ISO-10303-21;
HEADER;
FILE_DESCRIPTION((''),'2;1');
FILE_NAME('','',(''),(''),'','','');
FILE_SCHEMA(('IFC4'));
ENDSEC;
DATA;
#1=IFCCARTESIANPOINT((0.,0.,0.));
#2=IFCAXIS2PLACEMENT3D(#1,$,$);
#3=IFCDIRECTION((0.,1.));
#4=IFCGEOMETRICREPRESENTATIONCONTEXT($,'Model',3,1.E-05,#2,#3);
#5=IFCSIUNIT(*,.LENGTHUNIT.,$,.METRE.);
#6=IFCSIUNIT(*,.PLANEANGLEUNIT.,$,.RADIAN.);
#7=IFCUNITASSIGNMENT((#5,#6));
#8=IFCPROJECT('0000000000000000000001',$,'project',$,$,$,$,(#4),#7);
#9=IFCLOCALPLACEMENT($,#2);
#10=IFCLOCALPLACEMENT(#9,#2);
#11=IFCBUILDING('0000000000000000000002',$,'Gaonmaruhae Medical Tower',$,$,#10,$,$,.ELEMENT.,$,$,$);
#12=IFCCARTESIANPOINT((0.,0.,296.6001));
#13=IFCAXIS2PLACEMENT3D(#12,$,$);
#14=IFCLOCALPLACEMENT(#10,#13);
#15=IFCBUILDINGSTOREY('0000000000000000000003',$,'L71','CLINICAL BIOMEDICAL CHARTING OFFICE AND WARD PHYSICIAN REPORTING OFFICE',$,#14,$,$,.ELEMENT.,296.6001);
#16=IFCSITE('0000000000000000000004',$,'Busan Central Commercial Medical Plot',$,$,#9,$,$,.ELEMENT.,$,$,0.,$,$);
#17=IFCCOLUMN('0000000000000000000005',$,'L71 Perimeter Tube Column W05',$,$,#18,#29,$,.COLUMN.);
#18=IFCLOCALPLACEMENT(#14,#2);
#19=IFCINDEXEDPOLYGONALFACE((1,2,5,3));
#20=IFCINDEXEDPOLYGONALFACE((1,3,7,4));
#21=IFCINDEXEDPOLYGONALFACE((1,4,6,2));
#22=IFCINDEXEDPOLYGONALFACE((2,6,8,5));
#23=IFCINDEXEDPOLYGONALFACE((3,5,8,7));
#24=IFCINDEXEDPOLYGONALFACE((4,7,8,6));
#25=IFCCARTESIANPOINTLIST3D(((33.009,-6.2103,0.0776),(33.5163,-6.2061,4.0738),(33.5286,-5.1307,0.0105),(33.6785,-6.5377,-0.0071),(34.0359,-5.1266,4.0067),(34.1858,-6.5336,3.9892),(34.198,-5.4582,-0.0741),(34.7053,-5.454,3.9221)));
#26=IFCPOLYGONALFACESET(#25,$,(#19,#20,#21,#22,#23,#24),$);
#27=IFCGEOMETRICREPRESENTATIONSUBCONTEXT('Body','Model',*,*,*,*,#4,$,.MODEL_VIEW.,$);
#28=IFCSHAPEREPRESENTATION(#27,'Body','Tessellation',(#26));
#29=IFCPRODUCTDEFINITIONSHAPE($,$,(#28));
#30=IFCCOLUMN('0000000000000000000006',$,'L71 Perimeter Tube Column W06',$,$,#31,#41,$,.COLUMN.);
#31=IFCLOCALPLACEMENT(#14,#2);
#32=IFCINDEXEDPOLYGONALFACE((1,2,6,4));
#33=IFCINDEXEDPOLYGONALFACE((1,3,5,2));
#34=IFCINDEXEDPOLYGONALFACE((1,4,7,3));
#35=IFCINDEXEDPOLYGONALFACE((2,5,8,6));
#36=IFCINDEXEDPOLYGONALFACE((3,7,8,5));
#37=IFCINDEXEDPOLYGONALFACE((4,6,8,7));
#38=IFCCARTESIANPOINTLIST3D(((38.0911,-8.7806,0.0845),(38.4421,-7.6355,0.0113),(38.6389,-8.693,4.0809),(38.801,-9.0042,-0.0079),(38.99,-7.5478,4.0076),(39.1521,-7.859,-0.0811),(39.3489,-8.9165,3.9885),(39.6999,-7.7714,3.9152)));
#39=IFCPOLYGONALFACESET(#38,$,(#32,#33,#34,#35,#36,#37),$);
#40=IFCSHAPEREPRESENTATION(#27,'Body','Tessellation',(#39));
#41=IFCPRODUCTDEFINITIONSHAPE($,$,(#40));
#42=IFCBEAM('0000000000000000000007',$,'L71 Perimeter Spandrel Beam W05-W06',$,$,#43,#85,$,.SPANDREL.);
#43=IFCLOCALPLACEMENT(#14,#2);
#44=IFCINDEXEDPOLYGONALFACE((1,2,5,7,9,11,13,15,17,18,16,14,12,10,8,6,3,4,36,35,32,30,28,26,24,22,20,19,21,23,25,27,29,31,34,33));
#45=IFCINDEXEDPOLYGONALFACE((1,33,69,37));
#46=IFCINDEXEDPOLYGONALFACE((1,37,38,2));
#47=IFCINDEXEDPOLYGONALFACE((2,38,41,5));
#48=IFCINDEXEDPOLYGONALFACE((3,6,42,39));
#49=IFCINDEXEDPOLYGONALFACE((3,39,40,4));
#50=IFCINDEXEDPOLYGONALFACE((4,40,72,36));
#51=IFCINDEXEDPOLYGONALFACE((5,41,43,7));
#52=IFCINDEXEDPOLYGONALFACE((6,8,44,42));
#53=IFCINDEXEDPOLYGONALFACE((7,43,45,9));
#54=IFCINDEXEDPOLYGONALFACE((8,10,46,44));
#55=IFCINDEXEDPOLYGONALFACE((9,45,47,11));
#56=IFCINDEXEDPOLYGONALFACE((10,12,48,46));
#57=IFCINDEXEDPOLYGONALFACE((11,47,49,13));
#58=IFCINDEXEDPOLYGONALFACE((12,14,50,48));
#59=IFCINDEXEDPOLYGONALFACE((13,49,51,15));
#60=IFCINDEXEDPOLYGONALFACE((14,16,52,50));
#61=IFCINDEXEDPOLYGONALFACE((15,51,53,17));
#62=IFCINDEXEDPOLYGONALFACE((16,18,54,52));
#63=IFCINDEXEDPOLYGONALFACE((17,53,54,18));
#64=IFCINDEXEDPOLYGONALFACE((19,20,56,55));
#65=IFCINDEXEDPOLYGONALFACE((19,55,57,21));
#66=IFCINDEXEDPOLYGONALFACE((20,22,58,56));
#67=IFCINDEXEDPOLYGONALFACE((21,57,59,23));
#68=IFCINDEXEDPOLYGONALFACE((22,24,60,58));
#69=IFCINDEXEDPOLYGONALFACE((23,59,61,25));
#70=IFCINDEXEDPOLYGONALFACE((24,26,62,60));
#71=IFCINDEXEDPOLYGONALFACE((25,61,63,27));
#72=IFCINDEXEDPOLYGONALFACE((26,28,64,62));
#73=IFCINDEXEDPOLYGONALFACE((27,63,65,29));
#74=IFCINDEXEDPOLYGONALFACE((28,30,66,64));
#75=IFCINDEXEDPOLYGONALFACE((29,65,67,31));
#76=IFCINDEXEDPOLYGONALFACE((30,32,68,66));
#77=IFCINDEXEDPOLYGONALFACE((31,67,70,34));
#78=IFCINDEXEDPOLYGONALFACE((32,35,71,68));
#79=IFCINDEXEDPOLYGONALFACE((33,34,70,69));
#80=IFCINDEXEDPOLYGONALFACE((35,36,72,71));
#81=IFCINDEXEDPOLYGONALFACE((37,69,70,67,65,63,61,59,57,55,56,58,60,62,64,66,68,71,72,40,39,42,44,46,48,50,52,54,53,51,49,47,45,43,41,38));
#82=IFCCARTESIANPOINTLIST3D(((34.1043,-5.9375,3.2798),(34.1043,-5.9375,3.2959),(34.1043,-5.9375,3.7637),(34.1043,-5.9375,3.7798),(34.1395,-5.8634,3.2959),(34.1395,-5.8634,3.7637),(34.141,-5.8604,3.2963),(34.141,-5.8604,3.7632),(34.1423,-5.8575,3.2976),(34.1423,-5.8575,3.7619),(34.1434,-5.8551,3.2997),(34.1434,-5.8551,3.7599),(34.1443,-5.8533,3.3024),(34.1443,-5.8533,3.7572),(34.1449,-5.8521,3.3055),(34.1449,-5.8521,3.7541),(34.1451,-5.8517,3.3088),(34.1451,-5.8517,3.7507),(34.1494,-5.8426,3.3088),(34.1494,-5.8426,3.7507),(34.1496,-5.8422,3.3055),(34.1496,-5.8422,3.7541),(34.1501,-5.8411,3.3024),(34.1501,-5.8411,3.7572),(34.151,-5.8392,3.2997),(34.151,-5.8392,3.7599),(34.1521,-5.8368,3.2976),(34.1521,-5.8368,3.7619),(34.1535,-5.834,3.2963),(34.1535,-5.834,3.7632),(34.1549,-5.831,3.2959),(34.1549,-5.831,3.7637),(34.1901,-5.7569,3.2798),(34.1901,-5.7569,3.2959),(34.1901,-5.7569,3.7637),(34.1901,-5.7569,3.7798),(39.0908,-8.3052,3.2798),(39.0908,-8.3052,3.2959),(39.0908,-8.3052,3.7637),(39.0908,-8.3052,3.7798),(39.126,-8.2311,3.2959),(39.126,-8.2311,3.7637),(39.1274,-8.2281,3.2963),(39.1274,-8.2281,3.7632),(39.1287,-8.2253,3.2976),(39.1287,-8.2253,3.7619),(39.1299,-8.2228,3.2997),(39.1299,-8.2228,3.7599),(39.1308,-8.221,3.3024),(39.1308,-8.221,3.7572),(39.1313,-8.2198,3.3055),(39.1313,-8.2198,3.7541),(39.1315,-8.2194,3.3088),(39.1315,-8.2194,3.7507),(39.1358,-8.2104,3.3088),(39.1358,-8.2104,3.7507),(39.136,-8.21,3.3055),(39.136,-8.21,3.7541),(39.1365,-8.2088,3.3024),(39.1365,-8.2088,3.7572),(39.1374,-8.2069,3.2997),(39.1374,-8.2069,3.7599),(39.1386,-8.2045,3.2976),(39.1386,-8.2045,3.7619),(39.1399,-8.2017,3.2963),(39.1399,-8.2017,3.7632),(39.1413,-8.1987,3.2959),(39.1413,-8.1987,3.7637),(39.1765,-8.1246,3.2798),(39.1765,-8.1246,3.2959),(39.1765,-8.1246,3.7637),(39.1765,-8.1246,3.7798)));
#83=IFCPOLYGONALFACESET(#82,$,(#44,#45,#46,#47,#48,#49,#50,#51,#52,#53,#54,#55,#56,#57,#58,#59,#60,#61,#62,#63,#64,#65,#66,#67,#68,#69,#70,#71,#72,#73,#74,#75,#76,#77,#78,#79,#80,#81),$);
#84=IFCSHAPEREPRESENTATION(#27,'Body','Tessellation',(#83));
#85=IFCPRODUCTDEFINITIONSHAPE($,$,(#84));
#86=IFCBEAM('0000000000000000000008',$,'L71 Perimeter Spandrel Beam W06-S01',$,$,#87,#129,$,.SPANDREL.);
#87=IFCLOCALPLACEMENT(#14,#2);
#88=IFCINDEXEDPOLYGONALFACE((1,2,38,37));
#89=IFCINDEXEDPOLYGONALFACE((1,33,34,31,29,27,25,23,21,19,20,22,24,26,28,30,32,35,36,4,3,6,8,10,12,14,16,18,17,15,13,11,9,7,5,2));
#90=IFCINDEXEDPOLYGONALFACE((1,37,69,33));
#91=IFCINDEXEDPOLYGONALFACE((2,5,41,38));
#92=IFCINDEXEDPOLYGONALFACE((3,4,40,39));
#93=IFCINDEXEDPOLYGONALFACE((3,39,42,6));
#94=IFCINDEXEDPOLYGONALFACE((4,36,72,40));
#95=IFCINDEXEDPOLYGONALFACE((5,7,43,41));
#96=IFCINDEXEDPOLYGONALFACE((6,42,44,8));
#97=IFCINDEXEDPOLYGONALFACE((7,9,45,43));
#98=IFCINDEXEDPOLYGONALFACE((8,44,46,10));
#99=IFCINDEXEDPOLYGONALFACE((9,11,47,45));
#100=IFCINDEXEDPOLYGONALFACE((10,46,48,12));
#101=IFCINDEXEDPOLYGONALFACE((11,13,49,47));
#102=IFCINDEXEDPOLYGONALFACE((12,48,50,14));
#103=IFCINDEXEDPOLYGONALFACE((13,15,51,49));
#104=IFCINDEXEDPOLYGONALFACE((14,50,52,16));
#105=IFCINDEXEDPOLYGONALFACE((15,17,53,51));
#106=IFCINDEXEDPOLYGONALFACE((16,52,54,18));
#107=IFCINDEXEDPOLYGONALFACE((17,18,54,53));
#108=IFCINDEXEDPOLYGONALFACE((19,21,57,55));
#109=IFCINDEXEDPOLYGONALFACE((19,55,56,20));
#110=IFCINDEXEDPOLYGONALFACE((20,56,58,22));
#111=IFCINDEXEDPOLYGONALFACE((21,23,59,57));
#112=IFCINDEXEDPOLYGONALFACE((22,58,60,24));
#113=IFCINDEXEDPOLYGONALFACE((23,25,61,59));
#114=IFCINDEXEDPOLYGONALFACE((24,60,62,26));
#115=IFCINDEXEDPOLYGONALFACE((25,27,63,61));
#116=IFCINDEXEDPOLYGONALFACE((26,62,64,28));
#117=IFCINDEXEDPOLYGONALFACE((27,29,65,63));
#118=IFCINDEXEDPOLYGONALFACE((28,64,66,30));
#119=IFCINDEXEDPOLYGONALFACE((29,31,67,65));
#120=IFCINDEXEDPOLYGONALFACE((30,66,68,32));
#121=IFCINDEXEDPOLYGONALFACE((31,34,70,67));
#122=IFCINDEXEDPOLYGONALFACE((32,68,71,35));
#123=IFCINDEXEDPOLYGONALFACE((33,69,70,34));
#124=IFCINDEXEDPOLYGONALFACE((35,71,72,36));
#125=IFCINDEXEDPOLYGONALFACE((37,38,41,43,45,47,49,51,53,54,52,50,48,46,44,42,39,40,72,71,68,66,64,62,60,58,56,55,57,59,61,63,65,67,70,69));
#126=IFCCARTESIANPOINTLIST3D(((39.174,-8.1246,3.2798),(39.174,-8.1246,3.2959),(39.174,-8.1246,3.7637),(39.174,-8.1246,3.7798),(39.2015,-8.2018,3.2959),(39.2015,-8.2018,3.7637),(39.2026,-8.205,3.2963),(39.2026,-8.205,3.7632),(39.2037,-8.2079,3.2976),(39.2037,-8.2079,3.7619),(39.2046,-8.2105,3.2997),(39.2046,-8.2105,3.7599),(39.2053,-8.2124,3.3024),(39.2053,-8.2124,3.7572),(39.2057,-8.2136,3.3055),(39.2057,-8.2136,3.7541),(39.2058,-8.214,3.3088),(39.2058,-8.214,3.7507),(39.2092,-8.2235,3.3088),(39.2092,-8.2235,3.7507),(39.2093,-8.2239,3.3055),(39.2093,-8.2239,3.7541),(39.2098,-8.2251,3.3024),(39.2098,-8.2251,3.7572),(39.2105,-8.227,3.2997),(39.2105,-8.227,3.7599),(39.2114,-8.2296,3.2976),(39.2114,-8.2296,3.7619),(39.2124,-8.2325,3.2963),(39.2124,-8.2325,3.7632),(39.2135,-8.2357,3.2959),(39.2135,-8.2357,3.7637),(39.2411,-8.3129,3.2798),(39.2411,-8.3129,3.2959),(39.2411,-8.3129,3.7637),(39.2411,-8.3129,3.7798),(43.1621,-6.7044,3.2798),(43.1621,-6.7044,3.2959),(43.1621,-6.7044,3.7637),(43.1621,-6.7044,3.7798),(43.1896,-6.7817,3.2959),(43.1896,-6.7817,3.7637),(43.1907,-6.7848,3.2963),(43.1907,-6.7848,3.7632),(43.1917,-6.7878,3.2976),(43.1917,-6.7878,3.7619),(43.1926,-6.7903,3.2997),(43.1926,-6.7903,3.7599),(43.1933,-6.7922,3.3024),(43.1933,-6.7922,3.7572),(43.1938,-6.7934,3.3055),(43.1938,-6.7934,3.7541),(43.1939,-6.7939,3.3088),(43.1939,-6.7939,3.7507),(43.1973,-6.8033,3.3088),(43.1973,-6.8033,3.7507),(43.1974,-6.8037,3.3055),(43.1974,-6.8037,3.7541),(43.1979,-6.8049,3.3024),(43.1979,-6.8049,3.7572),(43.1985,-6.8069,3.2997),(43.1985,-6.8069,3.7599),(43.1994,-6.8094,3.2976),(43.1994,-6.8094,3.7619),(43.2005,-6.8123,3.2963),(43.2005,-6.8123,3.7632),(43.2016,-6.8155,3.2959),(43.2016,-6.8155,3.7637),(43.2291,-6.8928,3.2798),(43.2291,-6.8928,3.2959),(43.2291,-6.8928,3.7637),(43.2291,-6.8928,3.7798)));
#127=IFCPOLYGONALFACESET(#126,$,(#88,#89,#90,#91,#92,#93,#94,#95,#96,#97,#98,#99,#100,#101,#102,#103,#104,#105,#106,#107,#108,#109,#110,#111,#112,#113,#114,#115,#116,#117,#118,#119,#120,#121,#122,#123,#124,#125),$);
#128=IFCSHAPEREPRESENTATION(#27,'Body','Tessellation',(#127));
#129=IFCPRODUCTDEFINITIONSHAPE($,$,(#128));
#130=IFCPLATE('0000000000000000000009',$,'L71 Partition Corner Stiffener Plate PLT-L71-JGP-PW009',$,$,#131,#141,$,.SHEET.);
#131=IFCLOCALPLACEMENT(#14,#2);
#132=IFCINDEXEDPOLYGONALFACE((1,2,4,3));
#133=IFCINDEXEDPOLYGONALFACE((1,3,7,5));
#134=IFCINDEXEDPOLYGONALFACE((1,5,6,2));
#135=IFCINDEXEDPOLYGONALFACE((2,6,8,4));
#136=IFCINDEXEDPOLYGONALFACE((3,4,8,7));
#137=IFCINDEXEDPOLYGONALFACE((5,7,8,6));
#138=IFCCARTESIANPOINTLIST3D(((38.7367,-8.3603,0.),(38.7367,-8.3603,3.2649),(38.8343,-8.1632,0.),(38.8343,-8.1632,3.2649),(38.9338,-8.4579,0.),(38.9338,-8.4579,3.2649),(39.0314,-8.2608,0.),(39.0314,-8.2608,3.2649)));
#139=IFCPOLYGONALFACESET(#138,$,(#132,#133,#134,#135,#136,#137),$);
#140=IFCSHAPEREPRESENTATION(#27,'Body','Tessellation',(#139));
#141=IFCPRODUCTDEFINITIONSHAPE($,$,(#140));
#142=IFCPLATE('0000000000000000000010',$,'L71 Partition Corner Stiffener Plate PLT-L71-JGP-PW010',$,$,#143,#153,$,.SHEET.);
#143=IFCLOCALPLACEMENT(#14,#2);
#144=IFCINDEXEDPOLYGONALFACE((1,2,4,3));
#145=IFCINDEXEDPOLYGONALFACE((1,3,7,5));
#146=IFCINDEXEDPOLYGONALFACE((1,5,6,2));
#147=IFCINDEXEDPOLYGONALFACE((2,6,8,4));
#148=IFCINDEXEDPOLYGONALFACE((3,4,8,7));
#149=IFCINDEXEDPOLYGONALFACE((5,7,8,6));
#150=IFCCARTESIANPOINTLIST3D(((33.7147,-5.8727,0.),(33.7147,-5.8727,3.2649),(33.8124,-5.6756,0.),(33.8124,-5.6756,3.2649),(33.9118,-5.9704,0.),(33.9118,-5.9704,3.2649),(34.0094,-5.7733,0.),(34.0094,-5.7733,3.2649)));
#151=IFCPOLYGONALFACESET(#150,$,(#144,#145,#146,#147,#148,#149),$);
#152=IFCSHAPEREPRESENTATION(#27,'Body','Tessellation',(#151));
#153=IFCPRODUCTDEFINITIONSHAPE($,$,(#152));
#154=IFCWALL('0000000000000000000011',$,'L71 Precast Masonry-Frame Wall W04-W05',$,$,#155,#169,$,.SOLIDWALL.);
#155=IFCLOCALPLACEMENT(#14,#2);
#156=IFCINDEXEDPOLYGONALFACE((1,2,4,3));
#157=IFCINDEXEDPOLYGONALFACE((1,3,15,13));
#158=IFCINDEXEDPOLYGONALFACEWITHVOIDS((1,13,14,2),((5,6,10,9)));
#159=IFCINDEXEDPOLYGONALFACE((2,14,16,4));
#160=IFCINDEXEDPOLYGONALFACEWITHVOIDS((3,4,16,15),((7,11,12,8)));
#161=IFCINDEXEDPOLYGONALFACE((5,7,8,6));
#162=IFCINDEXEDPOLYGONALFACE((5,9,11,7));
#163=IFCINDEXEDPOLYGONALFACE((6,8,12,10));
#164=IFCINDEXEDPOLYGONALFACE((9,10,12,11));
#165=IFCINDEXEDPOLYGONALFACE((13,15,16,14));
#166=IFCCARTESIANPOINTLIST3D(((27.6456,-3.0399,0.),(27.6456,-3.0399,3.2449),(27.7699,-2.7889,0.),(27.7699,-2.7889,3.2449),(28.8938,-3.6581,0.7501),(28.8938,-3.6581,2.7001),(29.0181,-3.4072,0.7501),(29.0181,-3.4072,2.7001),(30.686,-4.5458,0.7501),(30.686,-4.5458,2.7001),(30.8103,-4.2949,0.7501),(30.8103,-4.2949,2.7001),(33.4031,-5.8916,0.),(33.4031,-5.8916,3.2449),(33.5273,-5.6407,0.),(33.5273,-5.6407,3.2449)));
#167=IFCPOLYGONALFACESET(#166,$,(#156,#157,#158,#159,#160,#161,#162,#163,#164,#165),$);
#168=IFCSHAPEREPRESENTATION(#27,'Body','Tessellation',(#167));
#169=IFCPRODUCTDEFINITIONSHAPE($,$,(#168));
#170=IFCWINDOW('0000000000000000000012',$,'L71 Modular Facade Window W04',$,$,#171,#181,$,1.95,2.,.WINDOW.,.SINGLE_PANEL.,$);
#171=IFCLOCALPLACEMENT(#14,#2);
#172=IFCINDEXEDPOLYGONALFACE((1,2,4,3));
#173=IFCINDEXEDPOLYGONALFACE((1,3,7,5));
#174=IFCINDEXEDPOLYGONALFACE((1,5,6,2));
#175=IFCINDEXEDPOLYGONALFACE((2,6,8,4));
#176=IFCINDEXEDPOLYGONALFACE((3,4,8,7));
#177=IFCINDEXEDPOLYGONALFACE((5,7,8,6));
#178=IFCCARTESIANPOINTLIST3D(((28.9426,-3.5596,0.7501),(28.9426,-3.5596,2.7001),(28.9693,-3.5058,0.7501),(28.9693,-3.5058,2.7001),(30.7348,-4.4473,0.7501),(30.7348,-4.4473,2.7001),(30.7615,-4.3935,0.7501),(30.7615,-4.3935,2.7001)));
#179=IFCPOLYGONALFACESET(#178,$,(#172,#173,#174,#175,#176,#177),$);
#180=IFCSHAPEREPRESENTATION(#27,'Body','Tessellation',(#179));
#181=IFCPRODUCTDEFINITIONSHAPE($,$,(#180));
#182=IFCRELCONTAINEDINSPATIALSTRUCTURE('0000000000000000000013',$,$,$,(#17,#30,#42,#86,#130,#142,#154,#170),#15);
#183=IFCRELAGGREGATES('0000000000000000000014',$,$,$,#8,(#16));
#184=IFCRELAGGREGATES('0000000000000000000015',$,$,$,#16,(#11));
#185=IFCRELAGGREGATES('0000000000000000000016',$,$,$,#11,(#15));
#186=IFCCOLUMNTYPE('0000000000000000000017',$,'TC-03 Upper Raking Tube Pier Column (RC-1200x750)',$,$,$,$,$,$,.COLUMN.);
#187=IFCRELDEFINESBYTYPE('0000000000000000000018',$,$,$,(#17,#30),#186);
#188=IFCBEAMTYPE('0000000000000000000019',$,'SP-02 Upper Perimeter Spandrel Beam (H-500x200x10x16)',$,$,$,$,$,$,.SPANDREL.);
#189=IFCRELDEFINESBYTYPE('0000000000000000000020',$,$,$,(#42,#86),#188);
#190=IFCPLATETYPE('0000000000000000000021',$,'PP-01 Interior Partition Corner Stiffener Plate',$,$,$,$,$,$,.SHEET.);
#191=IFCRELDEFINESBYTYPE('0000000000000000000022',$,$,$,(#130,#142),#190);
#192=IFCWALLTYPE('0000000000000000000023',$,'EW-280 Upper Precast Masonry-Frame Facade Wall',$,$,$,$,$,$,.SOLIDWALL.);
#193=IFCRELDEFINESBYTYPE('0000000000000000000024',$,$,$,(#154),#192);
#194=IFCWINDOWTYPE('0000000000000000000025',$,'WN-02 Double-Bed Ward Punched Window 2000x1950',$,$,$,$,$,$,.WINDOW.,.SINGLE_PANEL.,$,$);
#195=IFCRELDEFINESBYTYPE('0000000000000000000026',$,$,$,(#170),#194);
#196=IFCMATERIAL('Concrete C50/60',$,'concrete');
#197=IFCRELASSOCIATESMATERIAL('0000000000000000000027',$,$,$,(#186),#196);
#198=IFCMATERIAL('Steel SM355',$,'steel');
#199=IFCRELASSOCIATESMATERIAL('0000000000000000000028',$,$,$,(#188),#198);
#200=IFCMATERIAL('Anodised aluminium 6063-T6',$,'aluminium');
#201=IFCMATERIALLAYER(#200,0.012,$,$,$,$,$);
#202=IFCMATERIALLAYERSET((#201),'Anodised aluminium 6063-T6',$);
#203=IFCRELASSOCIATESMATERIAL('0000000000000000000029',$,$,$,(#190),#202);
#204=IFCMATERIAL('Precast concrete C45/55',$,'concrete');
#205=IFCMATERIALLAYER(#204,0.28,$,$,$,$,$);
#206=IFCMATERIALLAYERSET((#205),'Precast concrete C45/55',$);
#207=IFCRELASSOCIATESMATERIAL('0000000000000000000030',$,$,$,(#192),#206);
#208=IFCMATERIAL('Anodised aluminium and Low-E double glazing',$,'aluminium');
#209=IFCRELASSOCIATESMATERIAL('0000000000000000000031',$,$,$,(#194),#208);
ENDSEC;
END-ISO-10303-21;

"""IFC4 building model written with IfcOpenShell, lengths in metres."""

from ifc_helpers import new_model, si_unit, direction, frame, frame_2d, origin, origin_2d, place, context, subcontext, project, spatial, rectangle, i_section, extrude, material, layer, layer_set, material_profile, profile_set, type_object, element, fill, save


model = new_model("IFC4")

# Units and contexts
model_context = context("Model", 3, precision=1e-05, world=origin(), true_north=direction((0.0, 1.0)))
body_context = subcontext(model_context, "Body", "Model", "MODEL_VIEW")
ifc_project = project(units=[si_unit("LENGTHUNIT", "METRE"), si_unit("PLANEANGLEUNIT", "RADIAN")], contexts=[model_context])

# Site, building, storey
site_placement = place(None, origin())
site = spatial("IfcSite", under=ifc_project, at=site_placement, Name="Busan Central Commercial Medical Plot", CompositionType="ELEMENT", RefElevation=0.0)
building_placement = place(site_placement, origin())
building = spatial("IfcBuilding", under=site, at=building_placement, Name="Gaonmaruhae Medical Tower", CompositionType="ELEMENT")
storey_placement = place(building_placement, frame((0.0, 0.0, 296.6001)))
storey = spatial("IfcBuildingStorey", under=building, at=storey_placement, Name="L71", Description="CLINICAL BIOMEDICAL CHARTING OFFICE AND WARD PHYSICIAN REPORTING OFFICE", CompositionType="ELEMENT", Elevation=296.6001)

# Columns
ifc_material_1 = material(Name="Concrete C50/60", Category="concrete")
ifc_material_profile_1 = material_profile(ifc_material_1, rectangle(XDim=1.2, YDim=0.75, at=origin_2d()), Name="RC-1200x750")
ifc_profile_set_1 = profile_set([ifc_material_profile_1], Name="Concrete C50/60")
column_type = type_object("IfcColumnType", Name="TC-03 Upper Raking Tube Pier Column (RC-1200x750)", PredefinedType="COLUMN", material=ifc_profile_set_1)
column_1_placement = place(storey_placement, frame((33.6035, -5.8342, 0.0017), z_axis=(0.125936, 0.00103, 0.992038), x_axis=(-0.432974, -0.899672, 0.055899)))
element("IfcColumn", 1, at=column_1_placement, inside=storey, type_object=column_type, Name="L71 Perimeter Tube Column W05", PredefinedType="COLUMN", context=body_context, shape_type="SweptSolid", body=[
    extrude(rectangle(XDim=1.2, YDim=0.75, at=origin_2d()), origin(), (0.0, 0.0, 1.0), 4.0283),
])
column_2_placement = place(storey_placement, frame((38.6216, -8.3198, 0.0017), z_axis=(0.135786, 0.021723, 0.9905), x_axis=(-0.292557, -0.954298, 0.061035)))
element("IfcColumn", 2, at=column_2_placement, inside=storey, type_object=column_type, Name="L71 Perimeter Tube Column W06", PredefinedType="COLUMN", context=body_context, shape_type="SweptSolid", body=[
    extrude(rectangle(XDim=1.2, YDim=0.75, at=origin_2d()), origin(), (0.0, 0.0, 1.0), 4.0347),
])

# Beams
ifc_material_2 = material(Name="Steel SM355", Category="steel")
ifc_material_profile_2 = material_profile(ifc_material_2, i_section(OverallWidth=0.2, OverallDepth=0.5, WebThickness=0.01, FlangeThickness=0.0161, FilletRadius=0.0129, at=origin_2d()), Name="H-500x200x10x16")
ifc_profile_set_2 = profile_set([ifc_material_profile_2], Name="Steel SM355")
beam_type = type_object("IfcBeamType", Name="SP-02 Upper Perimeter Spandrel Beam (H-500x200x10x16)", PredefinedType="SPANDREL", material=ifc_profile_set_2)
beam_1_placement = place(storey_placement, frame((34.1472, -5.8472, 3.5298), z_axis=(0.903336, -0.428934, 0.0), x_axis=(0.428934, 0.903336, 0.0)))
element("IfcBeam", 3, at=beam_1_placement, inside=storey, type_object=beam_type, Name="L71 Perimeter Spandrel Beam W05-W06", PredefinedType="SPANDREL", context=body_context, shape_type="SweptSolid", body=[
    extrude(i_section(OverallWidth=0.2, OverallDepth=0.5, WebThickness=0.01, FlangeThickness=0.0161, FilletRadius=0.0129, at=origin_2d()), origin(), (0.0, 0.0, 1.0), 5.52),
])
beam_2_placement = place(storey_placement, frame((39.2075, -8.2188, 3.5298), z_axis=(0.942051, 0.33547, 0.0), x_axis=(-0.33547, 0.942051, 0.0)))
element("IfcBeam", 4, at=beam_2_placement, inside=storey, type_object=beam_type, Name="L71 Perimeter Spandrel Beam W06-S01", PredefinedType="SPANDREL", context=body_context, shape_type="SweptSolid", body=[
    extrude(i_section(OverallWidth=0.2, OverallDepth=0.5, WebThickness=0.01, FlangeThickness=0.0161, FilletRadius=0.0129, at=origin_2d()), origin(), (0.0, 0.0, 1.0), 4.2334),
])

# Plates
ifc_material_3 = material(Name="Anodised aluminium 6063-T6", Category="aluminium")
ifc_layer_1 = layer(ifc_material_3, 0.012)
ifc_layer_set_1 = layer_set([ifc_layer_1], Name="Anodised aluminium 6063-T6")
plate_type = type_object("IfcPlateType", Name="PP-01 Interior Partition Corner Stiffener Plate", PredefinedType="SHEET", material=ifc_layer_set_1)
for number, where, z_axis, x_axis, name in (
    (5, (38.884, -8.3105, 0.0), (0.0, 0.0, 1.0), (-0.896053, 0.443947, 0.0), "L71 Partition Corner Stiffener Plate PLT-L71-JGP-PW009"),
    (6, (33.8621, -5.823, 0.0), (0.0, 0.0, 1.0), (-0.895999, 0.444057, 0.0), "L71 Partition Corner Stiffener Plate PLT-L71-JGP-PW010"),
):
    element("IfcPlate", number, at=place(storey_placement, frame(where, z_axis=z_axis, x_axis=x_axis)), inside=storey, type_object=plate_type, Name=name, PredefinedType="SHEET", context=body_context, shape_type="SweptSolid", body=[
        extrude(rectangle(XDim=0.22, YDim=0.22, at=origin_2d()), origin(), (0.0, 0.0, 1.0), 3.2649),
    ])

# Wall, opening, window
ifc_material_4 = material(Name="Precast concrete C45/55", Category="concrete")
ifc_layer_2 = layer(ifc_material_4, 0.28)
ifc_layer_set_2 = layer_set([ifc_layer_2], Name="Precast concrete C45/55")
wall_type_1 = type_object("IfcWallType", Name="EW-280 Upper Precast Masonry-Frame Facade Wall", PredefinedType="SOLIDWALL", material=ifc_layer_set_2)
wall_1_placement = place(storey_placement, frame((33.4651, -5.7661, 0.0), z_axis=(0.0, 0.0, 1.0), x_axis=(-0.8961, 0.443851, 0.0)))
wall_1 = element("IfcWall", 7, at=wall_1_placement, inside=storey, type_object=wall_type_1, Name="L71 Precast Masonry-Frame Wall W04-W05", PredefinedType="SOLIDWALL", context=body_context, shape_type="SweptSolid", body=[
    extrude(rectangle(XDim=6.425, YDim=0.28, at=frame_2d((3.2124, 0.0))), origin(), (0.0, 0.0, 1.0), 3.2449),
])
opening_1_placement = place(wall_1_placement, frame((3.032, 0.0, 0.75)))
opening_1 = element("IfcOpeningElement", 8, at=opening_1_placement, cuts=wall_1, PredefinedType="OPENING", context=body_context, shape_type="SweptSolid", body=[
    extrude(rectangle(XDim=2.0, YDim=1.95, at=frame_2d((1.0, 0.9751))), frame((0.0, 0.1499, 0.0), z_axis=(0.0, -1.0, 0.0), x_axis=(1.0, 0.0, 0.0)), (0.0, 0.0, 1.0), 0.3),
])
ifc_material_5 = material(Name="Anodised aluminium and Low-E double glazing", Category="aluminium")
window_type_1 = type_object("IfcWindowType", Name="WN-02 Double-Bed Ward Punched Window 2000x1950", PartitioningType="SINGLE_PANEL", PredefinedType="WINDOW", material=ifc_material_5)
window_1_placement = place(opening_1_placement, origin())
window_1 = element("IfcWindow", 9, at=window_1_placement, inside=storey, type_object=window_type_1, Name="L71 Modular Facade Window W04", OverallHeight=1.95, OverallWidth=2.0, PartitioningType="SINGLE_PANEL", PredefinedType="WINDOW", context=body_context, shape_type="SweptSolid", body=[
    extrude(rectangle(XDim=2.0, YDim=1.95, at=frame_2d((1.0, 0.9751))), frame((0.0, 0.03, 0.0), z_axis=(0.0, -1.0, 0.0), x_axis=(1.0, 0.0, 0.0)), (0.0, 0.0, 1.0), 0.0601),
])
fill(opening_1, window_1)

save(model, "model.ifc")
